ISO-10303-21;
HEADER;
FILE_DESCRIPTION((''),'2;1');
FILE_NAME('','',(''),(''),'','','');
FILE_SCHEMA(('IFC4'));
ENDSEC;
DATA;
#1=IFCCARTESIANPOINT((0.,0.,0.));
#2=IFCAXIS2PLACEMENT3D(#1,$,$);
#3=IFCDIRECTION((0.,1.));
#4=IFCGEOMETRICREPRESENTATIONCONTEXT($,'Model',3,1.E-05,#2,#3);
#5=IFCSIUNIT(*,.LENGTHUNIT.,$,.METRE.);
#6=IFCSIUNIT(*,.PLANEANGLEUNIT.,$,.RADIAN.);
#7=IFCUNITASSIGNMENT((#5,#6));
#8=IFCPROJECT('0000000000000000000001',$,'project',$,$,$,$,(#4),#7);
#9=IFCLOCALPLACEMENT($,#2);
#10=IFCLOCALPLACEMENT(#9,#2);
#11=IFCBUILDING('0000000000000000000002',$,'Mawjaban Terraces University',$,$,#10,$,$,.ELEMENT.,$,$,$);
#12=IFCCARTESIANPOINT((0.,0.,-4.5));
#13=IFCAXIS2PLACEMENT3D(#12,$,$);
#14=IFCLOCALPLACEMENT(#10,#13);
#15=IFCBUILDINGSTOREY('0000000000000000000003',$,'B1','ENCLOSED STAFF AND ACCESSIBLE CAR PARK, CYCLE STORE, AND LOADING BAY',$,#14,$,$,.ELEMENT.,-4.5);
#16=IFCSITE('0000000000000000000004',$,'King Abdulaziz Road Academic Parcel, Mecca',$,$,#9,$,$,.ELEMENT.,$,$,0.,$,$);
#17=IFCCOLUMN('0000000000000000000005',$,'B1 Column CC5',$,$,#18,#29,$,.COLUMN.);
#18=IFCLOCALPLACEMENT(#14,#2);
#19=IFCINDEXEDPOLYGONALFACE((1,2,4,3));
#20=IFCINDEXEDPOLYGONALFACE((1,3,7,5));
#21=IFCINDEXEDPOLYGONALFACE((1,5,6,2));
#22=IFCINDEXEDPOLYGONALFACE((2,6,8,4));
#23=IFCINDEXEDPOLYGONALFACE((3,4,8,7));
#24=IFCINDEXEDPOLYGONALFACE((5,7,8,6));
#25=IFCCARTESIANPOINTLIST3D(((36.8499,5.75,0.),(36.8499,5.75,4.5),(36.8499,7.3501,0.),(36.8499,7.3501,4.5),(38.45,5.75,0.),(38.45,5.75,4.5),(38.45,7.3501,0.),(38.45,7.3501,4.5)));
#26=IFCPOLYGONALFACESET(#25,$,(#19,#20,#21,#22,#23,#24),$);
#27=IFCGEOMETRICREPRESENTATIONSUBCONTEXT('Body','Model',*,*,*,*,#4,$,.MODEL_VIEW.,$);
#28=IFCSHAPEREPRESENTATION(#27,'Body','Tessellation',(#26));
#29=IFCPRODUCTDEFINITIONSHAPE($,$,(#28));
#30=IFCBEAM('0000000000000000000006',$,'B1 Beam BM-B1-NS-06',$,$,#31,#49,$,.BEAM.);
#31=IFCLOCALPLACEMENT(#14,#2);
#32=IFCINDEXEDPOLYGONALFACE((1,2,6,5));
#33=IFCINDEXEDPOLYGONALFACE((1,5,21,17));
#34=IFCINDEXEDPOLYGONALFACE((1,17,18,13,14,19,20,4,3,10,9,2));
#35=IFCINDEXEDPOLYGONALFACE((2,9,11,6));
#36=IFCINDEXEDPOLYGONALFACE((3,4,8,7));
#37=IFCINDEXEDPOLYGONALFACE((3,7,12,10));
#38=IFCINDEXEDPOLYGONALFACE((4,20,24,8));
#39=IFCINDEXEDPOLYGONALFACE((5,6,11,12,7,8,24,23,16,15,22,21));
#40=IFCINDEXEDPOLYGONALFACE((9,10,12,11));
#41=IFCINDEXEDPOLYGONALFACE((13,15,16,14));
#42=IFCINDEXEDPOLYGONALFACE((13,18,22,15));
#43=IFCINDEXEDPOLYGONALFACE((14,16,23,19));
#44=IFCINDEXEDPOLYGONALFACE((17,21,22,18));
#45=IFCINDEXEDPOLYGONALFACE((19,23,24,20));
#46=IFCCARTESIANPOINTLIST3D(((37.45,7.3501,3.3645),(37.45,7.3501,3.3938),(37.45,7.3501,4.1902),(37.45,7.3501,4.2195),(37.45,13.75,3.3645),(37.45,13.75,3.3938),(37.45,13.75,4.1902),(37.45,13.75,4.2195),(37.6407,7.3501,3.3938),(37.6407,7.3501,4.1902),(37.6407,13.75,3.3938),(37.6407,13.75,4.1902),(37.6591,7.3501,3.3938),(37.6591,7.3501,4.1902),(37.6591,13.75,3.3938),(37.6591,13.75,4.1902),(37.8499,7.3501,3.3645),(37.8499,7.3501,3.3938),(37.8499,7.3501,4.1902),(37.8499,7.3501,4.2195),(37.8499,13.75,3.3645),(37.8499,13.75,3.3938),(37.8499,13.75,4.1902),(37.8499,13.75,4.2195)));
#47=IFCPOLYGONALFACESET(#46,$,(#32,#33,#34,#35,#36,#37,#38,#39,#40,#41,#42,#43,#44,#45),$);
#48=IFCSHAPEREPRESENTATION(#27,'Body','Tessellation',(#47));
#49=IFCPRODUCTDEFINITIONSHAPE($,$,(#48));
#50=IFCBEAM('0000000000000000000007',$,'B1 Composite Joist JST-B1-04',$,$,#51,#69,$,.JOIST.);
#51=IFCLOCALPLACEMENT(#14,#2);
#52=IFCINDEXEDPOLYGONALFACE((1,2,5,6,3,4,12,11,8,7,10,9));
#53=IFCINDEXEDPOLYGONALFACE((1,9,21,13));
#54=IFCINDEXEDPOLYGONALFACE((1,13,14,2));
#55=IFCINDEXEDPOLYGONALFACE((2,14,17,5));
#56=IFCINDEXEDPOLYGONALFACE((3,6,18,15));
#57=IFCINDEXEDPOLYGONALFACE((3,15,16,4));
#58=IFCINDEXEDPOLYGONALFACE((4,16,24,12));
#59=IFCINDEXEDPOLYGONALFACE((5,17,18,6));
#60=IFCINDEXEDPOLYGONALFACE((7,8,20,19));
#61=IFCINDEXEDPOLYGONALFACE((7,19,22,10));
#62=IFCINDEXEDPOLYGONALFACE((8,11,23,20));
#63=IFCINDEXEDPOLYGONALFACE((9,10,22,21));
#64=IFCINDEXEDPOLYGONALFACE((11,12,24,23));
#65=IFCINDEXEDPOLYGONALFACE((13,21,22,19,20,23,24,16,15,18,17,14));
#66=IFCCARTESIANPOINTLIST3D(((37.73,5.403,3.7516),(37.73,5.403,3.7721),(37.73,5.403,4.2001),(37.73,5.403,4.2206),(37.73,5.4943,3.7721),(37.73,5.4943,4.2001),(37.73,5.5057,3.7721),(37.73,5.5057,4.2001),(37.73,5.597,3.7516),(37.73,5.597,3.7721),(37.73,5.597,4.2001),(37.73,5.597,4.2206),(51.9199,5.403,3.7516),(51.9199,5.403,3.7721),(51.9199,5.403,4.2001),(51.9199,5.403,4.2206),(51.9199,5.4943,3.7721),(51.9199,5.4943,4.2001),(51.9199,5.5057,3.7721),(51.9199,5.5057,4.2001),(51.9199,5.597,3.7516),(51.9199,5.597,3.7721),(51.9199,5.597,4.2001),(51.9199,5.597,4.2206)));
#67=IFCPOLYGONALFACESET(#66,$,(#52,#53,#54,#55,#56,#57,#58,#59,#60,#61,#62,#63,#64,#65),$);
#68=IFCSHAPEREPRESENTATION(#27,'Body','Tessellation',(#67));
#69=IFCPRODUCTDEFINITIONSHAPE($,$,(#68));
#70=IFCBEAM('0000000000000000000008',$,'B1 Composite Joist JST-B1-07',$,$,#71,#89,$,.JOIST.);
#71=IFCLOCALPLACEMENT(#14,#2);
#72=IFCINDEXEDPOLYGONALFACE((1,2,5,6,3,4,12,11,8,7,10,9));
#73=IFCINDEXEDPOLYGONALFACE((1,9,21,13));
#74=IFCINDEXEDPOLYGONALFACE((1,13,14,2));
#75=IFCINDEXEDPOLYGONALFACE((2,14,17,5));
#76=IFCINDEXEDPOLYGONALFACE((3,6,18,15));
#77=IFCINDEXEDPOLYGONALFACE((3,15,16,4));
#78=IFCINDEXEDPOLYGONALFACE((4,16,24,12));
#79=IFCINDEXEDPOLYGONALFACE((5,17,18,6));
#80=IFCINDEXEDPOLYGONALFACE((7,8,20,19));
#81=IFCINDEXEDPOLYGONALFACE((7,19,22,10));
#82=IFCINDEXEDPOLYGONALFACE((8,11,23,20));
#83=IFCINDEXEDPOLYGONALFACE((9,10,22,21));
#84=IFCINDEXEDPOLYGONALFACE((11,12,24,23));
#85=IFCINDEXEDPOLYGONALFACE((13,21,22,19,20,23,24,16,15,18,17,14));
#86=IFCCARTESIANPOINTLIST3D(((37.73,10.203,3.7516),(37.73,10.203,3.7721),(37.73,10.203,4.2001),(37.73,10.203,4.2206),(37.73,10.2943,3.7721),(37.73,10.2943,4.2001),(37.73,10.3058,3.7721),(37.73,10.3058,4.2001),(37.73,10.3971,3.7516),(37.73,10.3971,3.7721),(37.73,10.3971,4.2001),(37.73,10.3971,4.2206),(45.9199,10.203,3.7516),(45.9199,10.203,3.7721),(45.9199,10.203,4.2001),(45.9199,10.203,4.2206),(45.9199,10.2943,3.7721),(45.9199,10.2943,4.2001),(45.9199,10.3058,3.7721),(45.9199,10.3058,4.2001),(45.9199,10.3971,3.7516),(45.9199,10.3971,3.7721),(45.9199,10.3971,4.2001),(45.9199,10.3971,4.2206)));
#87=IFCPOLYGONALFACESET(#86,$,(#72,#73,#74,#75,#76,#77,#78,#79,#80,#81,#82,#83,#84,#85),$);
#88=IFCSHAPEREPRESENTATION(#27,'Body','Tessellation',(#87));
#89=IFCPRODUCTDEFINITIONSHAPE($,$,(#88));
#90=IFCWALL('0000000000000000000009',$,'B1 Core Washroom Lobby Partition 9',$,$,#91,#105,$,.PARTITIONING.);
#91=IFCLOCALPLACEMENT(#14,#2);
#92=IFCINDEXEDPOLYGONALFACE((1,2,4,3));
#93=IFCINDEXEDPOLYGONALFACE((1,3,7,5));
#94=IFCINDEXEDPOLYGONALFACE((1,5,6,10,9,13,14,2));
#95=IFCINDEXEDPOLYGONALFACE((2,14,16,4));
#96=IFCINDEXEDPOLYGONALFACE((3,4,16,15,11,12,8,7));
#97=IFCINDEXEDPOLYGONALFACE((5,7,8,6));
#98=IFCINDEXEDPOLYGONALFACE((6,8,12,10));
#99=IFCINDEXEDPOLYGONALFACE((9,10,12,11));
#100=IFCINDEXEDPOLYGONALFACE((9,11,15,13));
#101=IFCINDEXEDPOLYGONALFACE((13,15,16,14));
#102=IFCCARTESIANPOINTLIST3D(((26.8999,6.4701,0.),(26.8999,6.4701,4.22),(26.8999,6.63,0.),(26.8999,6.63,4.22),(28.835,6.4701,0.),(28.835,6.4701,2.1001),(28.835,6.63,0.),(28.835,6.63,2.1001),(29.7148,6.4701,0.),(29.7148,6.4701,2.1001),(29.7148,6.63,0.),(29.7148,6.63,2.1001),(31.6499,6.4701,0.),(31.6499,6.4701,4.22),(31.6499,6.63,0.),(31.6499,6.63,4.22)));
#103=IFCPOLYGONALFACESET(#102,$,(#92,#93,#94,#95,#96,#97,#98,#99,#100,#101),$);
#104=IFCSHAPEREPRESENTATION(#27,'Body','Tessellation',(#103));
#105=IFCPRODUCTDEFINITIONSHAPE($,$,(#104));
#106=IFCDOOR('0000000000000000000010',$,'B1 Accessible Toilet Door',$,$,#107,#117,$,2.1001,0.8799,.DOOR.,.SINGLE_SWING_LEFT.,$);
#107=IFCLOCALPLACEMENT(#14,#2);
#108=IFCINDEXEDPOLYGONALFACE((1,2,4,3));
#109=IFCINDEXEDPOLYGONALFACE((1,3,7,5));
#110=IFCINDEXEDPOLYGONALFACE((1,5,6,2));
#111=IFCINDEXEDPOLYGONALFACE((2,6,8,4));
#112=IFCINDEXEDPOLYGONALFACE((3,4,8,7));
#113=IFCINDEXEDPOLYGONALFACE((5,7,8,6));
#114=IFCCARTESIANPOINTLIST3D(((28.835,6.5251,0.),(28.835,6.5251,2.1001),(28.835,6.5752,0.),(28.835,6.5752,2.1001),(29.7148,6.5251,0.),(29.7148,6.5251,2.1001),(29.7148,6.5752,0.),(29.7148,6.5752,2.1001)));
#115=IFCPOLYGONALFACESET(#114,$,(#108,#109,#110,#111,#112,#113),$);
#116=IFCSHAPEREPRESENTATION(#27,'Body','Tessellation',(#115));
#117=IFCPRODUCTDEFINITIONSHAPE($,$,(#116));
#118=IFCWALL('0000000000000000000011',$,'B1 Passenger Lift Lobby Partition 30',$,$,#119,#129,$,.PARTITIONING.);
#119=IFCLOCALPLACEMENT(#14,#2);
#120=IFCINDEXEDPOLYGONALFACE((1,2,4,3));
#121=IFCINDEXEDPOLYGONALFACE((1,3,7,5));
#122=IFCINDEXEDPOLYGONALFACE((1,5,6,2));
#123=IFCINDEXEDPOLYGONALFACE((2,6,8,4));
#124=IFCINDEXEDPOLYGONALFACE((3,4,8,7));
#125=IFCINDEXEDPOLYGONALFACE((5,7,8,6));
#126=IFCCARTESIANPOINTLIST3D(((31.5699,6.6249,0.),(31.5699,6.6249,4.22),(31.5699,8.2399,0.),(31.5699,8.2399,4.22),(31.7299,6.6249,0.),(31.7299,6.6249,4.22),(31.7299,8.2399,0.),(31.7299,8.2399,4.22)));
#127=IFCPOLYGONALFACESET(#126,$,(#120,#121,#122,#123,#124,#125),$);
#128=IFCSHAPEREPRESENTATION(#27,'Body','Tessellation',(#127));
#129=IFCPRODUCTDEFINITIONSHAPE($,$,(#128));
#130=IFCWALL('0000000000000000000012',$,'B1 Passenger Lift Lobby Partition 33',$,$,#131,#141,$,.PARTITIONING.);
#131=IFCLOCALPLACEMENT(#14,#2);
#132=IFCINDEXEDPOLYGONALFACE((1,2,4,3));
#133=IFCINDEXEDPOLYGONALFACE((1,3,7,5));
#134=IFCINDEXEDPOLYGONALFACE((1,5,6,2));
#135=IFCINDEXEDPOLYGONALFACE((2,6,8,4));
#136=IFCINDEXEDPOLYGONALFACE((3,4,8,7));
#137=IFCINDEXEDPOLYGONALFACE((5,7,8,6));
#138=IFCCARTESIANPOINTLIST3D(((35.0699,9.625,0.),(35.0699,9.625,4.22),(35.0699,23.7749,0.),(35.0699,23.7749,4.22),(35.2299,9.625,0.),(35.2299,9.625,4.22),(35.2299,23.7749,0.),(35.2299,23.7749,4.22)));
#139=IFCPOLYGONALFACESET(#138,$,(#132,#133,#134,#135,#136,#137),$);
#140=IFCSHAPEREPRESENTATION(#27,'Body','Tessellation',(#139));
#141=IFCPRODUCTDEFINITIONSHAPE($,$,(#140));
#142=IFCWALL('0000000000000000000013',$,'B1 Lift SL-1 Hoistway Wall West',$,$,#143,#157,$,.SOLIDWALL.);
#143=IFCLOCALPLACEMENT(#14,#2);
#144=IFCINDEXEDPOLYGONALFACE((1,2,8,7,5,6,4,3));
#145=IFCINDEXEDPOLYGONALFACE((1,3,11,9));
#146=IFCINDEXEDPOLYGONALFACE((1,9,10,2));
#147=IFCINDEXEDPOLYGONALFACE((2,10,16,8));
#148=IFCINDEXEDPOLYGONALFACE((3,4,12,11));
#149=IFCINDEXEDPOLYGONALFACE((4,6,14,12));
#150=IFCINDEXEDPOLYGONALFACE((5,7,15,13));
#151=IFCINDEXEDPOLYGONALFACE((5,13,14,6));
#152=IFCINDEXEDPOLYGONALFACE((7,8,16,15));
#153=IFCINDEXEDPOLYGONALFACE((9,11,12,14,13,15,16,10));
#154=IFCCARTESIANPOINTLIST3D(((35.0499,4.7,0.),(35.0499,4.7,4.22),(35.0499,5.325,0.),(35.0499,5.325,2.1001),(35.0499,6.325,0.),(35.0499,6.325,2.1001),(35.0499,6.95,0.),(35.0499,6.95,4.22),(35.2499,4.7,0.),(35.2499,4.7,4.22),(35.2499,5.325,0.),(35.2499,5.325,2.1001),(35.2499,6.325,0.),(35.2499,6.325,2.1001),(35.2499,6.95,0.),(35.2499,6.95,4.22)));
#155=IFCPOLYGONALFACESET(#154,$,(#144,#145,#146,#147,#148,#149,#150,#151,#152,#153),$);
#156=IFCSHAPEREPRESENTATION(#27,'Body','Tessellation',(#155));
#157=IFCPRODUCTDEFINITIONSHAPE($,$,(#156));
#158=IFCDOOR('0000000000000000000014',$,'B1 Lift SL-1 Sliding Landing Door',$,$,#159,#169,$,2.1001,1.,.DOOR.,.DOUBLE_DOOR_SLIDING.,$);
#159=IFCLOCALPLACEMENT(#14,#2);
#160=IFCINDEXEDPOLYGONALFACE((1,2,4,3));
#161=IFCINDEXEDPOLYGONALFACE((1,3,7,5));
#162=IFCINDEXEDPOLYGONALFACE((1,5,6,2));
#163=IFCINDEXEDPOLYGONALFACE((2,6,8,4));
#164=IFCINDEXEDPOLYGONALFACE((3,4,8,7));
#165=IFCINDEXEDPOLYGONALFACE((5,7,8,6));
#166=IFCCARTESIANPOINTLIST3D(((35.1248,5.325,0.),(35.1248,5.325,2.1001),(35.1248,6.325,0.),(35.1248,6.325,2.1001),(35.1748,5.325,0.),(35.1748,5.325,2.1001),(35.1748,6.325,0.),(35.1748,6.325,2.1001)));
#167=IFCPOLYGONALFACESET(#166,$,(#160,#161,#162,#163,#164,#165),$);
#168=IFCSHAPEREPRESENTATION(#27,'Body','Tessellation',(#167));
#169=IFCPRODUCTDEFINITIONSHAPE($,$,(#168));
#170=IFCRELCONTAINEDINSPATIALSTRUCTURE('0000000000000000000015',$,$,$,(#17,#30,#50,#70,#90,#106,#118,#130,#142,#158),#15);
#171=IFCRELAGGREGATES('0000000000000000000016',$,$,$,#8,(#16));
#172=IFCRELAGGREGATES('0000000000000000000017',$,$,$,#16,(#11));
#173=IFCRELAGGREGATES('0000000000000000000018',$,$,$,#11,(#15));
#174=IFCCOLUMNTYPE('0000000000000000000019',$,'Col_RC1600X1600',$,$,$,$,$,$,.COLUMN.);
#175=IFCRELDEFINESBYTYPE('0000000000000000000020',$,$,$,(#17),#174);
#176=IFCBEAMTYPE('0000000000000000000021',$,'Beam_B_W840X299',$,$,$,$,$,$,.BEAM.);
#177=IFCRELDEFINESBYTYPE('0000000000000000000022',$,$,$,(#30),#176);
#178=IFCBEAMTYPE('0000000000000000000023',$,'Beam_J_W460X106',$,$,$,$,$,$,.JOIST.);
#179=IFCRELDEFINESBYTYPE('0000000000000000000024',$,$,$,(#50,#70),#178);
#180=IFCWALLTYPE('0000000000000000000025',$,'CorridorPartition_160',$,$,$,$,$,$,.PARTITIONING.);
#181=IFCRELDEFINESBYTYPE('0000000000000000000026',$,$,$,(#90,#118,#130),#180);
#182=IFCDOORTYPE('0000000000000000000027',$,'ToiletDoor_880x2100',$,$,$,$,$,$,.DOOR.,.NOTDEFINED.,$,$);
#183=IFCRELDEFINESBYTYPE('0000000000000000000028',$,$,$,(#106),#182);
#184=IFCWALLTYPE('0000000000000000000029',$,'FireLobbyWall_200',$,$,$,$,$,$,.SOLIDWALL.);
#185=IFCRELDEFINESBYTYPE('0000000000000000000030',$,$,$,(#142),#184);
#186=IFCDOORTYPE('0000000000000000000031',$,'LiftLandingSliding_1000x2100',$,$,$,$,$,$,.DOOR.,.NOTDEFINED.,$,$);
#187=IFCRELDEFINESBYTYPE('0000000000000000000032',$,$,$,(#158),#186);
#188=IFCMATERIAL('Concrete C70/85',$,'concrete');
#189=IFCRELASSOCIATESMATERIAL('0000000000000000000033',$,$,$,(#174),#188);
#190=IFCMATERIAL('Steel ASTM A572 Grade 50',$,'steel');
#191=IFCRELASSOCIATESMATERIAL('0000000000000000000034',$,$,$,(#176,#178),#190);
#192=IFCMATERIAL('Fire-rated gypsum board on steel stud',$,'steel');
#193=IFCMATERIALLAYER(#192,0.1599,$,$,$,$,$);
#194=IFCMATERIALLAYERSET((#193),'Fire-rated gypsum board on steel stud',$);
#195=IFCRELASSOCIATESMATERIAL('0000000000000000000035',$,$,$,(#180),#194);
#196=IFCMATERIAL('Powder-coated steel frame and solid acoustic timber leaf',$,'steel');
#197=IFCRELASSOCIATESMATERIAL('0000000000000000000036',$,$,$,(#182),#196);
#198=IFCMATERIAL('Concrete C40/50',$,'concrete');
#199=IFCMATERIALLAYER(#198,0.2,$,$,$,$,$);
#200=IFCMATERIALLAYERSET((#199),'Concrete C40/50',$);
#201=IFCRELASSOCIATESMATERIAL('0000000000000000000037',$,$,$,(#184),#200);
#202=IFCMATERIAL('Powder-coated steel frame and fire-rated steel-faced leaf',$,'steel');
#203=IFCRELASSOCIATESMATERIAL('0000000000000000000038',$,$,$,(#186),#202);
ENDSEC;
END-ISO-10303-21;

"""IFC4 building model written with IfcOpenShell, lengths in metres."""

from ifc_helpers import new_model, si_unit, direction, frame, frame_2d, origin, origin_2d, place, context, subcontext, project, spatial, rectangle, i_section, extrude, material, layer, layer_set, material_profile, profile_set, type_object, element, fill, save


model = new_model("IFC4")

# Units and contexts
model_context = context("Model", 3, precision=1e-05, world=origin(), true_north=direction((0.0, 1.0)))
body_context = subcontext(model_context, "Body", "Model", "MODEL_VIEW")
ifc_project = project(units=[si_unit("LENGTHUNIT", "METRE"), si_unit("PLANEANGLEUNIT", "RADIAN")], contexts=[model_context])

# Site, building, storey
site_placement = place(None, origin())
site = spatial("IfcSite", under=ifc_project, at=site_placement, Name="King Abdulaziz Road Academic Parcel, Mecca", CompositionType="ELEMENT", RefElevation=0.0)
building_placement = place(site_placement, origin())
building = spatial("IfcBuilding", under=site, at=building_placement, Name="Mawjaban Terraces University", CompositionType="ELEMENT")
storey_placement = place(building_placement, frame((0.0, 0.0, -4.5)))
storey = spatial("IfcBuildingStorey", under=building, at=storey_placement, Name="B1", Description="ENCLOSED STAFF AND ACCESSIBLE CAR PARK, CYCLE STORE, AND LOADING BAY", CompositionType="ELEMENT", Elevation=-4.5)

# Column
ifc_material_1 = material(Name="Concrete C70/85", Category="concrete")
ifc_material_profile_1 = material_profile(ifc_material_1, rectangle(XDim=1.6001, YDim=1.6001, at=origin_2d()), Name="RC1600X1600")
ifc_profile_set_1 = profile_set([ifc_material_profile_1], Name="Concrete C70/85")
column_type = type_object("IfcColumnType", Name="Col_RC1600X1600", PredefinedType="COLUMN", material=ifc_profile_set_1)
column_placement = place(storey_placement, frame((37.6499, 6.55, 0.0), z_axis=(0.0, 0.0, 1.0), x_axis=(1.0, 0.0, 0.0)))
element("IfcColumn", 1, at=column_placement, inside=storey, type_object=column_type, Name="B1 Column CC5", PredefinedType="COLUMN", context=body_context, shape_type="SweptSolid", body=[
    extrude(rectangle(XDim=1.6001, YDim=1.6001, at=origin_2d()), origin(), (0.0, 0.0, 1.0), 4.5),
])

# Beams
ifc_material_2 = material(Name="Steel ASTM A572 Grade 50", Category="steel")
ifc_material_profile_2 = material_profile(ifc_material_2, i_section(OverallWidth=0.3999, OverallDepth=0.855, WebThickness=0.0183, FlangeThickness=0.0293, at=origin_2d()), Name="W840X299")
ifc_profile_set_2 = profile_set([ifc_material_profile_2], Name="Steel ASTM A572 Grade 50")
beam_type_1 = type_object("IfcBeamType", Name="Beam_B_W840X299", PredefinedType="BEAM", material=ifc_profile_set_2)
beam_1_placement = place(storey_placement, frame((37.6499, 7.3501, 3.792), z_axis=(0.0, 1.0, 0.0), x_axis=(-1.0, 0.0, 0.0)))
element("IfcBeam", 2, at=beam_1_placement, inside=storey, type_object=beam_type_1, Name="B1 Beam BM-B1-NS-06", PredefinedType="BEAM", context=body_context, shape_type="SweptSolid", body=[
    extrude(i_section(OverallWidth=0.3999, OverallDepth=0.855, WebThickness=0.0183, FlangeThickness=0.0293, at=origin_2d()), origin(), (0.0, 0.0, 1.0), 6.3999),
])
ifc_material_profile_3 = material_profile(ifc_material_2, i_section(OverallWidth=0.1941, OverallDepth=0.469, WebThickness=0.0115, FlangeThickness=0.0205, at=origin_2d()), Name="W460X106")
ifc_profile_set_3 = profile_set([ifc_material_profile_3], Name="Steel ASTM A572 Grade 50")
beam_type_2 = type_object("IfcBeamType", Name="Beam_J_W460X106", PredefinedType="JOIST", material=ifc_profile_set_3)
beam_2_placement = place(storey_placement, frame((37.73, 5.5, 3.9861), z_axis=(1.0, 0.0, 0.0), x_axis=(0.0, 1.0, 0.0)))
element("IfcBeam", 3, at=beam_2_placement, inside=storey, type_object=beam_type_2, Name="B1 Composite Joist JST-B1-04", PredefinedType="JOIST", context=body_context, shape_type="SweptSolid", body=[
    extrude(i_section(OverallWidth=0.1941, OverallDepth=0.469, WebThickness=0.0115, FlangeThickness=0.0205, at=origin_2d()), origin(), (0.0, 0.0, 1.0), 14.1899),
])
beam_3_placement = place(storey_placement, frame((37.73, 10.3, 3.9861), z_axis=(1.0, 0.0, 0.0), x_axis=(0.0, 1.0, 0.0)))
element("IfcBeam", 4, at=beam_3_placement, inside=storey, type_object=beam_type_2, Name="B1 Composite Joist JST-B1-07", PredefinedType="JOIST", context=body_context, shape_type="SweptSolid", body=[
    extrude(i_section(OverallWidth=0.1941, OverallDepth=0.469, WebThickness=0.0115, FlangeThickness=0.0205, at=origin_2d()), origin(), (0.0, 0.0, 1.0), 8.1899),
])

# Wall, opening, door
ifc_material_3 = material(Name="Fire-rated gypsum board on steel stud", Category="steel")
ifc_layer_1 = layer(ifc_material_3, 0.1599)
ifc_layer_set_1 = layer_set([ifc_layer_1], Name="Fire-rated gypsum board on steel stud")
wall_type_1 = type_object("IfcWallType", Name="CorridorPartition_160", PredefinedType="PARTITIONING", material=ifc_layer_set_1)
wall_1_placement = place(storey_placement, frame((31.6499, 6.55, 0.0), z_axis=(0.0, 0.0, 1.0), x_axis=(-1.0, 0.0, 0.0)))
wall_1 = element("IfcWall", 5, at=wall_1_placement, inside=storey, type_object=wall_type_1, Name="B1 Core Washroom Lobby Partition 9", PredefinedType="PARTITIONING", context=body_context, shape_type="SweptSolid", body=[
    extrude(rectangle(XDim=4.75, YDim=0.1599, at=frame_2d((2.375, 0.0))), origin(), (0.0, 0.0, 1.0), 4.22),
])
opening_1_placement = place(wall_1_placement, frame((1.9351, 0.0, 0.0)))
opening_1 = element("IfcOpeningElement", 6, at=opening_1_placement, cuts=wall_1, PredefinedType="OPENING", context=body_context, shape_type="SweptSolid", body=[
    extrude(rectangle(XDim=0.8799, YDim=2.1001, at=frame_2d((0.4399, 1.05))), frame((0.0, 0.0898, 0.0), z_axis=(0.0, -1.0, 0.0), x_axis=(1.0, 0.0, 0.0)), (0.0, 0.0, 1.0), 0.1799),
])
ifc_material_4 = material(Name="Powder-coated steel frame and solid acoustic timber leaf", Category="steel")
door_type_1 = type_object("IfcDoorType", Name="ToiletDoor_880x2100", OperationType="NOTDEFINED", PredefinedType="DOOR", material=ifc_material_4)
door_1_placement = place(opening_1_placement, origin())
door_1 = element("IfcDoor", 7, at=door_1_placement, inside=storey, type_object=door_type_1, Name="B1 Accessible Toilet Door", OperationType="SINGLE_SWING_LEFT", OverallHeight=2.1001, OverallWidth=0.8799, PredefinedType="DOOR", context=body_context, shape_type="SweptSolid", body=[
    extrude(rectangle(XDim=0.8799, YDim=2.1001, at=frame_2d((0.4399, 1.05))), frame((0.0, 0.0249, 0.0), z_axis=(0.0, -1.0, 0.0), x_axis=(1.0, 0.0, 0.0)), (0.0, 0.0, 1.0), 0.05),
])
fill(opening_1, door_1)

# Walls
wall_2_placement = place(storey_placement, frame((31.6499, 8.24, 0.0), z_axis=(0.0, 0.0, 1.0), x_axis=(0.0, -1.0, 0.0)))
element("IfcWall", 8, at=wall_2_placement, inside=storey, type_object=wall_type_1, Name="B1 Passenger Lift Lobby Partition 30", PredefinedType="PARTITIONING", context=body_context, shape_type="SweptSolid", body=[
    extrude(rectangle(XDim=1.615, YDim=0.1599, at=frame_2d((0.8076, 0.0))), origin(), (0.0, 0.0, 1.0), 4.22),
])
wall_3_placement = place(storey_placement, frame((35.1499, 9.625, 0.0), z_axis=(0.0, 0.0, 1.0), x_axis=(0.0, 1.0, 0.0)))
element("IfcWall", 9, at=wall_3_placement, inside=storey, type_object=wall_type_1, Name="B1 Passenger Lift Lobby Partition 33", PredefinedType="PARTITIONING", context=body_context, shape_type="SweptSolid", body=[
    extrude(rectangle(XDim=14.1499, YDim=0.1599, at=frame_2d((7.075, 0.0))), origin(), (0.0, 0.0, 1.0), 4.22),
])

# Wall, opening, door
ifc_material_5 = material(Name="Concrete C40/50", Category="concrete")
ifc_layer_2 = layer(ifc_material_5, 0.2)
ifc_layer_set_2 = layer_set([ifc_layer_2], Name="Concrete C40/50")
wall_type_2 = type_object("IfcWallType", Name="FireLobbyWall_200", PredefinedType="SOLIDWALL", material=ifc_layer_set_2)
wall_4_placement = place(storey_placement, frame((35.1499, 6.95, 0.0), z_axis=(0.0, 0.0, 1.0), x_axis=(0.0, -1.0, 0.0)))
wall_4 = element("IfcWall", 10, at=wall_4_placement, inside=storey, type_object=wall_type_2, Name="B1 Lift SL-1 Hoistway Wall West", PredefinedType="SOLIDWALL", context=body_context, shape_type="SweptSolid", body=[
    extrude(rectangle(XDim=2.25, YDim=0.2, at=frame_2d((1.125, 0.0))), origin(), (0.0, 0.0, 1.0), 4.22),
])
opening_2_placement = place(wall_4_placement, frame((0.625, 0.0, 0.0)))
opening_2 = element("IfcOpeningElement", 11, at=opening_2_placement, cuts=wall_4, PredefinedType="OPENING", context=body_context, shape_type="SweptSolid", body=[
    extrude(rectangle(XDim=1.0, YDim=2.1001, at=frame_2d((0.5, 1.05))), frame((0.0, 0.1099, 0.0), z_axis=(0.0, -1.0, 0.0), x_axis=(1.0, 0.0, 0.0)), (0.0, 0.0, 1.0), 0.22),
])
ifc_material_6 = material(Name="Powder-coated steel frame and fire-rated steel-faced leaf", Category="steel")
door_type_2 = type_object("IfcDoorType", Name="LiftLandingSliding_1000x2100", OperationType="NOTDEFINED", PredefinedType="DOOR", material=ifc_material_6)
door_2_placement = place(opening_2_placement, origin())
door_2 = element("IfcDoor", 12, at=door_2_placement, inside=storey, type_object=door_type_2, Name="B1 Lift SL-1 Sliding Landing Door", OperationType="DOUBLE_DOOR_SLIDING", OverallHeight=2.1001, OverallWidth=1.0, PredefinedType="DOOR", context=body_context, shape_type="SweptSolid", body=[
    extrude(rectangle(XDim=1.0, YDim=2.1001, at=frame_2d((0.5, 1.05))), frame((0.0, 0.0249, 0.0), z_axis=(0.0, -1.0, 0.0), x_axis=(1.0, 0.0, 0.0)), (0.0, 0.0, 1.0), 0.05),
])
fill(opening_2, door_2)

save(model, "model.ifc")
